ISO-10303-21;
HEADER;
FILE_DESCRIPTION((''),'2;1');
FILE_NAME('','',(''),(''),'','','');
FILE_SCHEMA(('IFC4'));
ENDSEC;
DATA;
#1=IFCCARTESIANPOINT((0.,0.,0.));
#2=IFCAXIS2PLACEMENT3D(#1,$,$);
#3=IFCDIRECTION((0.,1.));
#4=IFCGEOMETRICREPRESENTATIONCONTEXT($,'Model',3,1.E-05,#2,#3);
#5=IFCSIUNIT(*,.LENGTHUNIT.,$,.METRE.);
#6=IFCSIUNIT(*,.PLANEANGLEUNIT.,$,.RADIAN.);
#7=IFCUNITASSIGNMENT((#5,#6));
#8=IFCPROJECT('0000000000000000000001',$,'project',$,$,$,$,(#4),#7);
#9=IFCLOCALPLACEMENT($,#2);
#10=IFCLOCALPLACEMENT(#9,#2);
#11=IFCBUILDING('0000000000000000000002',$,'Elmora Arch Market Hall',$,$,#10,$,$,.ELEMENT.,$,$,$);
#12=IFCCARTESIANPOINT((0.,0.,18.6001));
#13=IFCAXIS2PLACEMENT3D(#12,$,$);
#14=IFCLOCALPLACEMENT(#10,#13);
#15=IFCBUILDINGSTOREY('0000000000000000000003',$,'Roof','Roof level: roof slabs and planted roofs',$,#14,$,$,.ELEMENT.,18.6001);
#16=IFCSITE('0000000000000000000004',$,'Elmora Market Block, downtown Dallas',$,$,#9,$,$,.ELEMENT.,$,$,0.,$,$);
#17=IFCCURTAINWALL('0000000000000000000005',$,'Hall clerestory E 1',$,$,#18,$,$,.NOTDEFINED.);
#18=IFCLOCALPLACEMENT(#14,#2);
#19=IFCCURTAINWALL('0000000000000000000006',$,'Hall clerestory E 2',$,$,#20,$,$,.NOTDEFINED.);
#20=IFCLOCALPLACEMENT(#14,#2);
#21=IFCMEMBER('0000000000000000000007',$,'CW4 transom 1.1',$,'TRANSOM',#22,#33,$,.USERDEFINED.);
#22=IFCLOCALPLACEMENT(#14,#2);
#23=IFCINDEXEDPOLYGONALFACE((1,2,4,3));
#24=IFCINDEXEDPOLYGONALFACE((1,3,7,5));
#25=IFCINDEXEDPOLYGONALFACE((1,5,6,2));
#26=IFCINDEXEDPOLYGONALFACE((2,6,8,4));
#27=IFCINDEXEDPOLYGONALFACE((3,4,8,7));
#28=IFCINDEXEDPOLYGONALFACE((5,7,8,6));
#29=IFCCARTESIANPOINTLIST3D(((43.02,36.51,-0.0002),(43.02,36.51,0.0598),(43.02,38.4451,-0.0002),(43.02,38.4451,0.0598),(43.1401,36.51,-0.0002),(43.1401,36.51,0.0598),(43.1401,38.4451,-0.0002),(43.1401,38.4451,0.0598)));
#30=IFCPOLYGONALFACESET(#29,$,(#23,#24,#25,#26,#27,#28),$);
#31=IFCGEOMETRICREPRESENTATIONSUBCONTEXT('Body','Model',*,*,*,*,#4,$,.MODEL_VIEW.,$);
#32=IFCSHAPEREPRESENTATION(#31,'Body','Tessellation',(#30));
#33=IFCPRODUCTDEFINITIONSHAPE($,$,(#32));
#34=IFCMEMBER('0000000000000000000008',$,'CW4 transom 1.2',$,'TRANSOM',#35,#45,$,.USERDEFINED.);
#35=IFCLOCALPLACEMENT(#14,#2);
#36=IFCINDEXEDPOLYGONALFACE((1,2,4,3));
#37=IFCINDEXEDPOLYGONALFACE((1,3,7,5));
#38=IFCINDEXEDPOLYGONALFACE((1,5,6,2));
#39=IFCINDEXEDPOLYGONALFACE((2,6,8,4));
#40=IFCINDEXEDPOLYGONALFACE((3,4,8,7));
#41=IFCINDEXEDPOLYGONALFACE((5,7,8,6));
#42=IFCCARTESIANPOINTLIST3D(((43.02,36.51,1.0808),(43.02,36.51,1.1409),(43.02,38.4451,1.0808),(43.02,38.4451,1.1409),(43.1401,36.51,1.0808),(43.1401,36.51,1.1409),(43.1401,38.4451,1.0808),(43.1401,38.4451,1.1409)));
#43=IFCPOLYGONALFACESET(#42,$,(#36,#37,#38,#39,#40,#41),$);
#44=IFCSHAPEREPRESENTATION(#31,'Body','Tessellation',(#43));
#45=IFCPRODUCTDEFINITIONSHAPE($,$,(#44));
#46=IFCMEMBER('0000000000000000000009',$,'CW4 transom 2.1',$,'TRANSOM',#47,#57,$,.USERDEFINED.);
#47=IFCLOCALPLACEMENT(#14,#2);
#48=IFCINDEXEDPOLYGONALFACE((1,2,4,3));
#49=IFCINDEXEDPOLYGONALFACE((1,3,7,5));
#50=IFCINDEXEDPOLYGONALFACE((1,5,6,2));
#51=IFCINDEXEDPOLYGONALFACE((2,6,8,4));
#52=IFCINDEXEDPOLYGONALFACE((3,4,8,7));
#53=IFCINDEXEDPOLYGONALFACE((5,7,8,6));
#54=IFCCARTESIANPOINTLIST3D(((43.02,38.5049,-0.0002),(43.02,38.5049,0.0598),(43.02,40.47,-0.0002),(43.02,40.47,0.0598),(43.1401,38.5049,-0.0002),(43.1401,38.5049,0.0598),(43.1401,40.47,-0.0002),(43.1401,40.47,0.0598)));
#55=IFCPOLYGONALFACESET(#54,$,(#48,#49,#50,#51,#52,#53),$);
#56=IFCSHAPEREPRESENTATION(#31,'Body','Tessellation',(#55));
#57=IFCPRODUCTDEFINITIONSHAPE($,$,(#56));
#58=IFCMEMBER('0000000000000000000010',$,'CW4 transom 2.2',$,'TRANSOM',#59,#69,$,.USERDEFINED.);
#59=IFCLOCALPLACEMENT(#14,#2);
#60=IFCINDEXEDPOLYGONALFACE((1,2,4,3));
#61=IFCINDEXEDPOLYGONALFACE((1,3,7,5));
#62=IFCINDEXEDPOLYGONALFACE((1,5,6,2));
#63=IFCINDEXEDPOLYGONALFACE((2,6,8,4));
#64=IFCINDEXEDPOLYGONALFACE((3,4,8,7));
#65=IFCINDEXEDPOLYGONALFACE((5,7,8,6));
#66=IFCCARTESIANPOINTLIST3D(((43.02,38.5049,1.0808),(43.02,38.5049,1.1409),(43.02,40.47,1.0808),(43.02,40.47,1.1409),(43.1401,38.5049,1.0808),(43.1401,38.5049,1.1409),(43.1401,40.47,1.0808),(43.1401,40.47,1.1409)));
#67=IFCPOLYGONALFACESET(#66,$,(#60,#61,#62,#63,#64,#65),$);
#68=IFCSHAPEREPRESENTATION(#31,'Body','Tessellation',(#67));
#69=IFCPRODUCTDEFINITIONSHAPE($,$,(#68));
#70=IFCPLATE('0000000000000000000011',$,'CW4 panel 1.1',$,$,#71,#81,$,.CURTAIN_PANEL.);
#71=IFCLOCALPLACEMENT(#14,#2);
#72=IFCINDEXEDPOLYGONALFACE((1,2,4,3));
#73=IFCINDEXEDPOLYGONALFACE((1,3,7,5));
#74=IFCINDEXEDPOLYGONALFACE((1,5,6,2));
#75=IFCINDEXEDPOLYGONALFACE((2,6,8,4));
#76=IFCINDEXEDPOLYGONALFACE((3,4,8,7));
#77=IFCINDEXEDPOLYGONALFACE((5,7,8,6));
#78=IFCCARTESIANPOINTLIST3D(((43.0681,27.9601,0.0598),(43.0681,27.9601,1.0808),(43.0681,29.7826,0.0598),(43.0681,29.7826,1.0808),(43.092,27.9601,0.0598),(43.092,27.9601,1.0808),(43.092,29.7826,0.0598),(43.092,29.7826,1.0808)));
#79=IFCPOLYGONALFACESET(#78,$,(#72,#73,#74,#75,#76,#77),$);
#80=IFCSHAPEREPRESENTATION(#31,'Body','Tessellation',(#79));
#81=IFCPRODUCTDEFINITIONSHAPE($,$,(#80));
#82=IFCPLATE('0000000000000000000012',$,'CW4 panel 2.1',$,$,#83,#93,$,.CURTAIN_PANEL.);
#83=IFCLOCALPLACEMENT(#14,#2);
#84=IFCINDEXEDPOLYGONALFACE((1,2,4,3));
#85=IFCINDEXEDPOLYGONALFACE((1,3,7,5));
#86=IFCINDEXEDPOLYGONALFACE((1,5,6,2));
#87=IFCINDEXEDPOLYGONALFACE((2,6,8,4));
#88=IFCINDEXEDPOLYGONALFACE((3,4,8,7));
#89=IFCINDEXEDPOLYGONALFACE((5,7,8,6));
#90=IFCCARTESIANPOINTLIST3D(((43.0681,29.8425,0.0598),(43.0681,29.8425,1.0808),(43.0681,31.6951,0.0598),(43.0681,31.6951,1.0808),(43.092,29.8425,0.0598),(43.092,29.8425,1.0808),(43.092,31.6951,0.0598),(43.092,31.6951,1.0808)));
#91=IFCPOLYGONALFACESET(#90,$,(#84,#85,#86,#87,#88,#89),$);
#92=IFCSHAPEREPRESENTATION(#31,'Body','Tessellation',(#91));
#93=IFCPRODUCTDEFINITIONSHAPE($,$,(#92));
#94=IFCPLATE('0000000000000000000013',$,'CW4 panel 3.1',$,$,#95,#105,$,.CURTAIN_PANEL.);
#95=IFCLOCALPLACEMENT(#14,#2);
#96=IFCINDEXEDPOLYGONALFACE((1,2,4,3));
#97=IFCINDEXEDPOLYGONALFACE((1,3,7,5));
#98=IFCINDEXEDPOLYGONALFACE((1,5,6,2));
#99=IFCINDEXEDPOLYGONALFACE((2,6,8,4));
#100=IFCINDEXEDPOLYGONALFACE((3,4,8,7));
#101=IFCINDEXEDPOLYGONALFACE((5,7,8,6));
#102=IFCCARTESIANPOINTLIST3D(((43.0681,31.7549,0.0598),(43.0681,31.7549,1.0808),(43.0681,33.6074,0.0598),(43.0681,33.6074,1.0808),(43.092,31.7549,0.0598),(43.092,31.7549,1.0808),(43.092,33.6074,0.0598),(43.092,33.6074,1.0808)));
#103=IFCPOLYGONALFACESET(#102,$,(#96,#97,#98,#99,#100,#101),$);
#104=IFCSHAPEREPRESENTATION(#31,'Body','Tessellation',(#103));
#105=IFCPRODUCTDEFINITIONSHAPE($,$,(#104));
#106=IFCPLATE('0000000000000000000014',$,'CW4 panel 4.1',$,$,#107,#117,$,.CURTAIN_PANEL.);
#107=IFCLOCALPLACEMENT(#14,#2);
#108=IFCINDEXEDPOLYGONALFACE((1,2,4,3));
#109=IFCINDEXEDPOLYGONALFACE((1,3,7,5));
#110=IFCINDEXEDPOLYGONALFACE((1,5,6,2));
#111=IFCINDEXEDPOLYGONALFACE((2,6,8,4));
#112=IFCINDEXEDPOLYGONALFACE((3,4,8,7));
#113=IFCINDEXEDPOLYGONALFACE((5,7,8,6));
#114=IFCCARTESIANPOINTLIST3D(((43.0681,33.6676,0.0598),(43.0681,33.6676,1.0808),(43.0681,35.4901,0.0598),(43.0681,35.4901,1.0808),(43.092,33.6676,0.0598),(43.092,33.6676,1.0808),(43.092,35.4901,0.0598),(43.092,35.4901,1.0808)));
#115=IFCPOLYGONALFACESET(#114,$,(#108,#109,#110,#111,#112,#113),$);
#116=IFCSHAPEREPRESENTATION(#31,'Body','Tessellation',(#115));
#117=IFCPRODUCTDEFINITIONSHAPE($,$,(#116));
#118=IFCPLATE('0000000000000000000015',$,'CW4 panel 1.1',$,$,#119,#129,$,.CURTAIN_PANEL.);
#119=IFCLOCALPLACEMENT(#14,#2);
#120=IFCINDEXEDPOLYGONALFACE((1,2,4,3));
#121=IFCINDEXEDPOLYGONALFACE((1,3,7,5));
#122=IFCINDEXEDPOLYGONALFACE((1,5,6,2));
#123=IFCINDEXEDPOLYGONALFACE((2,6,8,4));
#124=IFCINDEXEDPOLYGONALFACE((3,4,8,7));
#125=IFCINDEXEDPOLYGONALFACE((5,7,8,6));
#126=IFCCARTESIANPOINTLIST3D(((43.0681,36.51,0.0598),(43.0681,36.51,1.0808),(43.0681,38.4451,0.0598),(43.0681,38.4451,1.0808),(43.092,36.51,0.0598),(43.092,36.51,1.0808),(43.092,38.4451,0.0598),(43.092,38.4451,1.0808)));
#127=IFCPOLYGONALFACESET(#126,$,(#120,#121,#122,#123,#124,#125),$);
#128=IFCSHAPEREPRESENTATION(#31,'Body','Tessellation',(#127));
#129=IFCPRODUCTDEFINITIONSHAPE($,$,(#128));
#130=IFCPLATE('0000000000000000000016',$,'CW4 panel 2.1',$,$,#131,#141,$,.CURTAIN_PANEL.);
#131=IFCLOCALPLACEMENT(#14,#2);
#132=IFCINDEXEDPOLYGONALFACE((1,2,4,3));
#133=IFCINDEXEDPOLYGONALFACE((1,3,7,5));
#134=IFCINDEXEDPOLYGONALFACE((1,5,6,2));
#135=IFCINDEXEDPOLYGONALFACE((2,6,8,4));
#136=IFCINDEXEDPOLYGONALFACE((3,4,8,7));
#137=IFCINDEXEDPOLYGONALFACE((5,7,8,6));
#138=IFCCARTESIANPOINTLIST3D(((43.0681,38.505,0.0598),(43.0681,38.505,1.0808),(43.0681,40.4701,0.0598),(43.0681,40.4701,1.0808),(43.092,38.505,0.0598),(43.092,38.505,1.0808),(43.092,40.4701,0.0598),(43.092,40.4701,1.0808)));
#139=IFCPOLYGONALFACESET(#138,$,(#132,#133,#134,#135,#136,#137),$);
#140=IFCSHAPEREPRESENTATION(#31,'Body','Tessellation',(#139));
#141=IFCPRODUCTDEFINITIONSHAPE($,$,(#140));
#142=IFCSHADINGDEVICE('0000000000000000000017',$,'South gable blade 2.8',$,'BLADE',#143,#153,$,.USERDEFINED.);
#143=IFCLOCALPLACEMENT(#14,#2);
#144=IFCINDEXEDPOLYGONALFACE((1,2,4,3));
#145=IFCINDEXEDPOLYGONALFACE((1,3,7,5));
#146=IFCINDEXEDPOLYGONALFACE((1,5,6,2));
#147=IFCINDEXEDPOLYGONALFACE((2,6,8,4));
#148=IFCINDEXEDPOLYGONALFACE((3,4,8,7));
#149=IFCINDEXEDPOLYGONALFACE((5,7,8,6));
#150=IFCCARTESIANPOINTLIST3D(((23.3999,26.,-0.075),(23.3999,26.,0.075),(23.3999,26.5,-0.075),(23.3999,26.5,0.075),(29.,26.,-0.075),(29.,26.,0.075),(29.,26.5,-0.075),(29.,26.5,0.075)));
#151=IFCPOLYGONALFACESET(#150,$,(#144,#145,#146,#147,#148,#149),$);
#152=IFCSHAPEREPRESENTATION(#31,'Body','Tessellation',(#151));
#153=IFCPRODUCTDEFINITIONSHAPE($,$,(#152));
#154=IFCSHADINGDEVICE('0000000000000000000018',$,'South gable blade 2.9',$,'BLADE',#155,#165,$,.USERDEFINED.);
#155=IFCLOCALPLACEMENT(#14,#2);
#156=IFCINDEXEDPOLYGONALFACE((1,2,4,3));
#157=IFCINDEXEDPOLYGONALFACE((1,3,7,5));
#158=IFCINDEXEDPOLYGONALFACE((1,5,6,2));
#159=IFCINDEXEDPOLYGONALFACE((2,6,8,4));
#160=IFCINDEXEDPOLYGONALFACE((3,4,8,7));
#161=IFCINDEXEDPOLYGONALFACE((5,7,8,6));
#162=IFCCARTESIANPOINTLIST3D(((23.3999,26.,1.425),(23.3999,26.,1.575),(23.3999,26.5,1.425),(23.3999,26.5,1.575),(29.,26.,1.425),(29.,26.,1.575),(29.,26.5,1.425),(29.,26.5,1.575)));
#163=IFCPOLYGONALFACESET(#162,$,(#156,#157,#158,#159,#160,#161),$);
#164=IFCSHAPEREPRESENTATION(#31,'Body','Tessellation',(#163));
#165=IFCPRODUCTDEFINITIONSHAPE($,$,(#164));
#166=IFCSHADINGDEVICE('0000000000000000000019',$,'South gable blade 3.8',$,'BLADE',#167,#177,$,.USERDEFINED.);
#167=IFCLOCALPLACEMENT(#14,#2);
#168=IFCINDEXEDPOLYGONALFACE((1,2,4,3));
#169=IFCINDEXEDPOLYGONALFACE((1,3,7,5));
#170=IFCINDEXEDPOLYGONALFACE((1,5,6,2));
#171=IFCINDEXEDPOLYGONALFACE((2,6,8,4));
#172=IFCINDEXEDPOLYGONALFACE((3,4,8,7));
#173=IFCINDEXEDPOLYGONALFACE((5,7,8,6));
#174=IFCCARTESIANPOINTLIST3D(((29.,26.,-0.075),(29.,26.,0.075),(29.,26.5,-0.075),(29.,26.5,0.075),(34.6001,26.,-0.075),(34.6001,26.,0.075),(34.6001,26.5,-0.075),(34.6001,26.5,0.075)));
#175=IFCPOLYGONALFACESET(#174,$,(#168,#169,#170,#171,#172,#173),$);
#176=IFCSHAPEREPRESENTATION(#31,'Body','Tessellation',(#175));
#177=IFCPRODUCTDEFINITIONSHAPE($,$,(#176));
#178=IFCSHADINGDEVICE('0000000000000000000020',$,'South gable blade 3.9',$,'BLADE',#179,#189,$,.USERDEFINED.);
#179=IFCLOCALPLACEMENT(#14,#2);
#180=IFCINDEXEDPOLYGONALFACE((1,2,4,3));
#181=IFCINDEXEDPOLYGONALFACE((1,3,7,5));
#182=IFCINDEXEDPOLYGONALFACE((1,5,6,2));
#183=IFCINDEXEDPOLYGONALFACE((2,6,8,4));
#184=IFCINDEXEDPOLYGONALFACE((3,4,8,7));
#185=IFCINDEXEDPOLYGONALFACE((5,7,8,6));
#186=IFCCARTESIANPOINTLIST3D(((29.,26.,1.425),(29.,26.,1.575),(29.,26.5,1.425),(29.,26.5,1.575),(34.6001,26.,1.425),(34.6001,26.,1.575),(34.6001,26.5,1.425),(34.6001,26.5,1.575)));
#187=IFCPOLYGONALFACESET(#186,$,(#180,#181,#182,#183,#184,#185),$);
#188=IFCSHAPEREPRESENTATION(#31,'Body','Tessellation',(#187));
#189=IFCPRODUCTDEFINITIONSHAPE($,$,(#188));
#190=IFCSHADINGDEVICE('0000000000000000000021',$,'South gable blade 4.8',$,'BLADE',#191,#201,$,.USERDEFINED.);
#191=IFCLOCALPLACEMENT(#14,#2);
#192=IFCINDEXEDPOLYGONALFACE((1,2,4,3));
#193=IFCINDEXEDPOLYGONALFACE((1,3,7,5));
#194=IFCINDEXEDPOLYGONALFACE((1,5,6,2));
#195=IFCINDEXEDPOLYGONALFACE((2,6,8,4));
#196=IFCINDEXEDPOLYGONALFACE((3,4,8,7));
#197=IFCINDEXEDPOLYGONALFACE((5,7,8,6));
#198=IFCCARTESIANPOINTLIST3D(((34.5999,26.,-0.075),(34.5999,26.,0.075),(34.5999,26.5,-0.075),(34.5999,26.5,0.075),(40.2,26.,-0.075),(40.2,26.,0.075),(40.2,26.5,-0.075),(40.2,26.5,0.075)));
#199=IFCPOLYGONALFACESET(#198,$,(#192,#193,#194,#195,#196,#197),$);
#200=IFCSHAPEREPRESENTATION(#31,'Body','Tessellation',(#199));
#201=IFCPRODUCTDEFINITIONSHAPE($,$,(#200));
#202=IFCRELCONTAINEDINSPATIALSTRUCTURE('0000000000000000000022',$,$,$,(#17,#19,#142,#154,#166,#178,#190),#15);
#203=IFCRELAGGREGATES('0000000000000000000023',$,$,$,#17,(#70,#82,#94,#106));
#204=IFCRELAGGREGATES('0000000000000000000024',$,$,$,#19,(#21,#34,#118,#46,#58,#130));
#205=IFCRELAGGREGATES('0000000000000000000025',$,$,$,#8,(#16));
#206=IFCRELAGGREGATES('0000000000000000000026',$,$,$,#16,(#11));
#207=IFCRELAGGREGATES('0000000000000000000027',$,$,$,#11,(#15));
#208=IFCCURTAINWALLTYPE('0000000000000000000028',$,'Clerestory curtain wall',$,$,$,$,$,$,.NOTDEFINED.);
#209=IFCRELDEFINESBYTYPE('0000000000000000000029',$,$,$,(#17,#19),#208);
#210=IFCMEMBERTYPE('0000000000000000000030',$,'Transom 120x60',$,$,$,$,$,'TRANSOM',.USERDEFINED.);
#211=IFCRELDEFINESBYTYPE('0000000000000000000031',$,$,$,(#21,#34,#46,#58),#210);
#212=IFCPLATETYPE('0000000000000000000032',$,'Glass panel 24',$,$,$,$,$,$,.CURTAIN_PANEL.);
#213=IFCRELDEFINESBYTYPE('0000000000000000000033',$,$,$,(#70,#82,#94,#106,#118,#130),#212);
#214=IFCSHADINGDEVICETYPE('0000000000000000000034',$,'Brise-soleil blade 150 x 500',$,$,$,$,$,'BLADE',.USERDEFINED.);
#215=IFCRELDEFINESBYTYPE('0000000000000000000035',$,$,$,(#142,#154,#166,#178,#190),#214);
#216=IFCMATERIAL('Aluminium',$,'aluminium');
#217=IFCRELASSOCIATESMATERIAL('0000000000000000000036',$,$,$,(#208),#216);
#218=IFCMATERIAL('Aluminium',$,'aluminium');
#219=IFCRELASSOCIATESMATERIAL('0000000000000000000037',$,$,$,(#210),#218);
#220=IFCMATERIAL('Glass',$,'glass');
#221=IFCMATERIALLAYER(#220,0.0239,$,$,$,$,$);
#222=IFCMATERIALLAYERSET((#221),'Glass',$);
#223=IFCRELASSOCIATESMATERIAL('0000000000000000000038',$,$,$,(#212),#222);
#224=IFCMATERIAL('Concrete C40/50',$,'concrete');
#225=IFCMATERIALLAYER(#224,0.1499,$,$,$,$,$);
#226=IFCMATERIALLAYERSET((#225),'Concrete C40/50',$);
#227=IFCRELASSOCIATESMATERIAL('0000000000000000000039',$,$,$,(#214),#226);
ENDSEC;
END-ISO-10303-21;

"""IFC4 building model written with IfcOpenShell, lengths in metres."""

from ifc_helpers import new_model, si_unit, direction, frame, origin, origin_2d, place, context, subcontext, project, spatial, rectangle, extrude, material, layer, layer_set, material_profile, profile_set, type_object, element, aggregate, save


model = new_model("IFC4")

# Units and contexts
model_context = context("Model", 3, precision=1e-05, world=origin(), true_north=direction((0.0, 1.0)))
body_context = subcontext(model_context, "Body", "Model", "MODEL_VIEW")
ifc_project = project(units=[si_unit("LENGTHUNIT", "METRE"), si_unit("PLANEANGLEUNIT", "RADIAN")], contexts=[model_context])

# Site, building, storey
site_placement = place(None, origin())
site = spatial("IfcSite", under=ifc_project, at=site_placement, Name="Elmora Market Block, downtown Dallas", CompositionType="ELEMENT", RefElevation=0.0)
building_placement = place(site_placement, origin())
building = spatial("IfcBuilding", under=site, at=building_placement, Name="Elmora Arch Market Hall", CompositionType="ELEMENT")
storey_placement = place(building_placement, frame((0.0, 0.0, 18.6001)))
storey = spatial("IfcBuildingStorey", under=building, at=storey_placement, Name="Roof", Description="Roof level: roof slabs and planted roofs", CompositionType="ELEMENT", Elevation=18.6001)

# Curtain walls
ifc_material_1 = material(Name="Aluminium", Category="aluminium")
curtain_wall_type = type_object("IfcCurtainWallType", Name="Clerestory curtain wall", PredefinedType="NOTDEFINED", material=ifc_material_1)
curtain_wall_1_placement = place(storey_placement, origin())
curtain_wall_1 = element("IfcCurtainWall", 1, at=curtain_wall_1_placement, inside=storey, type_object=curtain_wall_type, Name="Hall clerestory E 1", PredefinedType="NOTDEFINED")
curtain_wall_2_placement = place(storey_placement, origin())
curtain_wall_2 = element("IfcCurtainWall", 2, at=curtain_wall_2_placement, inside=storey, type_object=curtain_wall_type, Name="Hall clerestory E 2", PredefinedType="NOTDEFINED")

# Members
ifc_material_2 = material(Name="Aluminium", Category="aluminium")
ifc_material_profile_1 = material_profile(ifc_material_2, rectangle(XDim=0.1201, YDim=0.0601, at=origin_2d()), Name="AL 120x60")
ifc_profile_set_1 = profile_set([ifc_material_profile_1], Name="Aluminium")
member_type_1 = type_object("IfcMemberType", Name="Transom 120x60", ElementType="TRANSOM", PredefinedType="USERDEFINED", material=ifc_profile_set_1)
member_1_placement = place(storey_placement, frame((43.0801, 36.51, 0.0298), z_axis=(0.0, 1.0, 0.0), x_axis=(-1.0, 0.0, 0.0)))
member_1 = element("IfcMember", 3, at=member_1_placement, type_object=member_type_1, Name="CW4 transom 1.1", ObjectType="TRANSOM", PredefinedType="USERDEFINED", context=body_context, shape_type="SweptSolid", body=[
    extrude(rectangle(XDim=0.1201, YDim=0.0601, at=origin_2d()), origin(), (0.0, 0.0, 1.0), 1.9351),
])
member_2_placement = place(storey_placement, frame((43.0801, 36.51, 1.1108), z_axis=(0.0, 1.0, 0.0), x_axis=(-1.0, 0.0, 0.0)))
member_2 = element("IfcMember", 4, at=member_2_placement, type_object=member_type_1, Name="CW4 transom 1.2", ObjectType="TRANSOM", PredefinedType="USERDEFINED", context=body_context, shape_type="SweptSolid", body=[
    extrude(rectangle(XDim=0.1201, YDim=0.0601, at=origin_2d()), origin(), (0.0, 0.0, 1.0), 1.9351),
])
member_3_placement = place(storey_placement, frame((43.0801, 38.5049, 0.0298), z_axis=(0.0, 1.0, 0.0), x_axis=(-1.0, 0.0, 0.0)))
member_3 = element("IfcMember", 5, at=member_3_placement, type_object=member_type_1, Name="CW4 transom 2.1", ObjectType="TRANSOM", PredefinedType="USERDEFINED", context=body_context, shape_type="SweptSolid", body=[
    extrude(rectangle(XDim=0.1201, YDim=0.0601, at=origin_2d()), origin(), (0.0, 0.0, 1.0), 1.9651),
])
member_4_placement = place(storey_placement, frame((43.0801, 38.5049, 1.1108), z_axis=(0.0, 1.0, 0.0), x_axis=(-1.0, 0.0, 0.0)))
member_4 = element("IfcMember", 6, at=member_4_placement, type_object=member_type_1, Name="CW4 transom 2.2", ObjectType="TRANSOM", PredefinedType="USERDEFINED", context=body_context, shape_type="SweptSolid", body=[
    extrude(rectangle(XDim=0.1201, YDim=0.0601, at=origin_2d()), origin(), (0.0, 0.0, 1.0), 1.9651),
])

# Plates
ifc_material_3 = material(Name="Glass", Category="glass")
ifc_layer_1 = layer(ifc_material_3, 0.0239)
ifc_layer_set_1 = layer_set([ifc_layer_1], Name="Glass")
plate_type = type_object("IfcPlateType", Name="Glass panel 24", PredefinedType="CURTAIN_PANEL", material=ifc_layer_set_1)
plate_1_placement = place(storey_placement, frame((43.0801, 28.8713, 0.0598), z_axis=(0.0, 0.0, 1.0), x_axis=(0.0, 1.0, 0.0)))
plate_1 = element("IfcPlate", 7, at=plate_1_placement, type_object=plate_type, Name="CW4 panel 1.1", PredefinedType="CURTAIN_PANEL", context=body_context, shape_type="SweptSolid", body=[
    extrude(rectangle(XDim=1.8225, YDim=0.0239, at=origin_2d()), origin(), (0.0, 0.0, 1.0), 1.021),
])
plate_2_placement = place(storey_placement, frame((43.0801, 30.7688, 0.0598), z_axis=(0.0, 0.0, 1.0), x_axis=(0.0, 1.0, 0.0)))
plate_2 = element("IfcPlate", 8, at=plate_2_placement, type_object=plate_type, Name="CW4 panel 2.1", PredefinedType="CURTAIN_PANEL", context=body_context, shape_type="SweptSolid", body=[
    extrude(rectangle(XDim=1.8525, YDim=0.0239, at=origin_2d()), origin(), (0.0, 0.0, 1.0), 1.021),
])
plate_3_placement = place(storey_placement, frame((43.0801, 32.6812, 0.0598), z_axis=(0.0, 0.0, 1.0), x_axis=(0.0, 1.0, 0.0)))
plate_3 = element("IfcPlate", 9, at=plate_3_placement, type_object=plate_type, Name="CW4 panel 3.1", PredefinedType="CURTAIN_PANEL", context=body_context, shape_type="SweptSolid", body=[
    extrude(rectangle(XDim=1.8525, YDim=0.0239, at=origin_2d()), origin(), (0.0, 0.0, 1.0), 1.021),
])
plate_4_placement = place(storey_placement, frame((43.0801, 34.5789, 0.0598), z_axis=(0.0, 0.0, 1.0), x_axis=(0.0, 1.0, 0.0)))
plate_4 = element("IfcPlate", 10, at=plate_4_placement, type_object=plate_type, Name="CW4 panel 4.1", PredefinedType="CURTAIN_PANEL", context=body_context, shape_type="SweptSolid", body=[
    extrude(rectangle(XDim=1.8225, YDim=0.0239, at=origin_2d()), origin(), (0.0, 0.0, 1.0), 1.021),
])
aggregate(curtain_wall_1, [plate_1, plate_2, plate_3, plate_4])
plate_5_placement = place(storey_placement, frame((43.0801, 37.4775, 0.0598), z_axis=(0.0, 0.0, 1.0), x_axis=(0.0, 1.0, 0.0)))
plate_5 = element("IfcPlate", 11, at=plate_5_placement, type_object=plate_type, Name="CW4 panel 1.1", PredefinedType="CURTAIN_PANEL", context=body_context, shape_type="SweptSolid", body=[
    extrude(rectangle(XDim=1.9351, YDim=0.0239, at=origin_2d()), origin(), (0.0, 0.0, 1.0), 1.021),
])
plate_6_placement = place(storey_placement, frame((43.0801, 39.4875, 0.0598), z_axis=(0.0, 0.0, 1.0), x_axis=(0.0, 1.0, 0.0)))
plate_6 = element("IfcPlate", 12, at=plate_6_placement, type_object=plate_type, Name="CW4 panel 2.1", PredefinedType="CURTAIN_PANEL", context=body_context, shape_type="SweptSolid", body=[
    extrude(rectangle(XDim=1.9651, YDim=0.0239, at=origin_2d()), origin(), (0.0, 0.0, 1.0), 1.021),
])
aggregate(curtain_wall_2, [member_1, member_2, plate_5, member_3, member_4, plate_6])

# Shading devices
ifc_material_4 = material(Name="Concrete C40/50", Category="concrete")
ifc_layer_2 = layer(ifc_material_4, 0.1499)
ifc_layer_set_2 = layer_set([ifc_layer_2], Name="Concrete C40/50")
shading_device_type_1 = type_object("IfcShadingDeviceType", Name="Brise-soleil blade 150 x 500", ElementType="BLADE", PredefinedType="USERDEFINED", material=ifc_layer_set_2)
for number, where, z_axis, x_axis, name in (
    (13, (26.2, 26.25, -0.075), (0.0, 0.0, 1.0), (1.0, 0.0, 0.0), "South gable blade 2.8"),
    (14, (26.2, 26.25, 1.425), (0.0, 0.0, 1.0), (1.0, 0.0, 0.0), "South gable blade 2.9"),
    (15, (31.8, 26.25, -0.075), (0.0, 0.0, 1.0), (1.0, 0.0, 0.0), "South gable blade 3.8"),
    (16, (31.8, 26.25, 1.425), (0.0, 0.0, 1.0), (1.0, 0.0, 0.0), "South gable blade 3.9"),
    (17, (37.3999, 26.25, -0.075), (0.0, 0.0, 1.0), (1.0, 0.0, 0.0), "South gable blade 4.8"),
):
    element("IfcShadingDevice", number, at=place(storey_placement, frame(where, z_axis=z_axis, x_axis=x_axis)), inside=storey, type_object=shading_device_type_1, Name=name, ObjectType="BLADE", PredefinedType="USERDEFINED", context=body_context, shape_type="SweptSolid", body=[
        extrude(rectangle(XDim=5.6001, YDim=0.5, at=origin_2d()), origin(), (0.0, 0.0, 1.0), 0.1499),
    ])

save(model, "model.ifc")
